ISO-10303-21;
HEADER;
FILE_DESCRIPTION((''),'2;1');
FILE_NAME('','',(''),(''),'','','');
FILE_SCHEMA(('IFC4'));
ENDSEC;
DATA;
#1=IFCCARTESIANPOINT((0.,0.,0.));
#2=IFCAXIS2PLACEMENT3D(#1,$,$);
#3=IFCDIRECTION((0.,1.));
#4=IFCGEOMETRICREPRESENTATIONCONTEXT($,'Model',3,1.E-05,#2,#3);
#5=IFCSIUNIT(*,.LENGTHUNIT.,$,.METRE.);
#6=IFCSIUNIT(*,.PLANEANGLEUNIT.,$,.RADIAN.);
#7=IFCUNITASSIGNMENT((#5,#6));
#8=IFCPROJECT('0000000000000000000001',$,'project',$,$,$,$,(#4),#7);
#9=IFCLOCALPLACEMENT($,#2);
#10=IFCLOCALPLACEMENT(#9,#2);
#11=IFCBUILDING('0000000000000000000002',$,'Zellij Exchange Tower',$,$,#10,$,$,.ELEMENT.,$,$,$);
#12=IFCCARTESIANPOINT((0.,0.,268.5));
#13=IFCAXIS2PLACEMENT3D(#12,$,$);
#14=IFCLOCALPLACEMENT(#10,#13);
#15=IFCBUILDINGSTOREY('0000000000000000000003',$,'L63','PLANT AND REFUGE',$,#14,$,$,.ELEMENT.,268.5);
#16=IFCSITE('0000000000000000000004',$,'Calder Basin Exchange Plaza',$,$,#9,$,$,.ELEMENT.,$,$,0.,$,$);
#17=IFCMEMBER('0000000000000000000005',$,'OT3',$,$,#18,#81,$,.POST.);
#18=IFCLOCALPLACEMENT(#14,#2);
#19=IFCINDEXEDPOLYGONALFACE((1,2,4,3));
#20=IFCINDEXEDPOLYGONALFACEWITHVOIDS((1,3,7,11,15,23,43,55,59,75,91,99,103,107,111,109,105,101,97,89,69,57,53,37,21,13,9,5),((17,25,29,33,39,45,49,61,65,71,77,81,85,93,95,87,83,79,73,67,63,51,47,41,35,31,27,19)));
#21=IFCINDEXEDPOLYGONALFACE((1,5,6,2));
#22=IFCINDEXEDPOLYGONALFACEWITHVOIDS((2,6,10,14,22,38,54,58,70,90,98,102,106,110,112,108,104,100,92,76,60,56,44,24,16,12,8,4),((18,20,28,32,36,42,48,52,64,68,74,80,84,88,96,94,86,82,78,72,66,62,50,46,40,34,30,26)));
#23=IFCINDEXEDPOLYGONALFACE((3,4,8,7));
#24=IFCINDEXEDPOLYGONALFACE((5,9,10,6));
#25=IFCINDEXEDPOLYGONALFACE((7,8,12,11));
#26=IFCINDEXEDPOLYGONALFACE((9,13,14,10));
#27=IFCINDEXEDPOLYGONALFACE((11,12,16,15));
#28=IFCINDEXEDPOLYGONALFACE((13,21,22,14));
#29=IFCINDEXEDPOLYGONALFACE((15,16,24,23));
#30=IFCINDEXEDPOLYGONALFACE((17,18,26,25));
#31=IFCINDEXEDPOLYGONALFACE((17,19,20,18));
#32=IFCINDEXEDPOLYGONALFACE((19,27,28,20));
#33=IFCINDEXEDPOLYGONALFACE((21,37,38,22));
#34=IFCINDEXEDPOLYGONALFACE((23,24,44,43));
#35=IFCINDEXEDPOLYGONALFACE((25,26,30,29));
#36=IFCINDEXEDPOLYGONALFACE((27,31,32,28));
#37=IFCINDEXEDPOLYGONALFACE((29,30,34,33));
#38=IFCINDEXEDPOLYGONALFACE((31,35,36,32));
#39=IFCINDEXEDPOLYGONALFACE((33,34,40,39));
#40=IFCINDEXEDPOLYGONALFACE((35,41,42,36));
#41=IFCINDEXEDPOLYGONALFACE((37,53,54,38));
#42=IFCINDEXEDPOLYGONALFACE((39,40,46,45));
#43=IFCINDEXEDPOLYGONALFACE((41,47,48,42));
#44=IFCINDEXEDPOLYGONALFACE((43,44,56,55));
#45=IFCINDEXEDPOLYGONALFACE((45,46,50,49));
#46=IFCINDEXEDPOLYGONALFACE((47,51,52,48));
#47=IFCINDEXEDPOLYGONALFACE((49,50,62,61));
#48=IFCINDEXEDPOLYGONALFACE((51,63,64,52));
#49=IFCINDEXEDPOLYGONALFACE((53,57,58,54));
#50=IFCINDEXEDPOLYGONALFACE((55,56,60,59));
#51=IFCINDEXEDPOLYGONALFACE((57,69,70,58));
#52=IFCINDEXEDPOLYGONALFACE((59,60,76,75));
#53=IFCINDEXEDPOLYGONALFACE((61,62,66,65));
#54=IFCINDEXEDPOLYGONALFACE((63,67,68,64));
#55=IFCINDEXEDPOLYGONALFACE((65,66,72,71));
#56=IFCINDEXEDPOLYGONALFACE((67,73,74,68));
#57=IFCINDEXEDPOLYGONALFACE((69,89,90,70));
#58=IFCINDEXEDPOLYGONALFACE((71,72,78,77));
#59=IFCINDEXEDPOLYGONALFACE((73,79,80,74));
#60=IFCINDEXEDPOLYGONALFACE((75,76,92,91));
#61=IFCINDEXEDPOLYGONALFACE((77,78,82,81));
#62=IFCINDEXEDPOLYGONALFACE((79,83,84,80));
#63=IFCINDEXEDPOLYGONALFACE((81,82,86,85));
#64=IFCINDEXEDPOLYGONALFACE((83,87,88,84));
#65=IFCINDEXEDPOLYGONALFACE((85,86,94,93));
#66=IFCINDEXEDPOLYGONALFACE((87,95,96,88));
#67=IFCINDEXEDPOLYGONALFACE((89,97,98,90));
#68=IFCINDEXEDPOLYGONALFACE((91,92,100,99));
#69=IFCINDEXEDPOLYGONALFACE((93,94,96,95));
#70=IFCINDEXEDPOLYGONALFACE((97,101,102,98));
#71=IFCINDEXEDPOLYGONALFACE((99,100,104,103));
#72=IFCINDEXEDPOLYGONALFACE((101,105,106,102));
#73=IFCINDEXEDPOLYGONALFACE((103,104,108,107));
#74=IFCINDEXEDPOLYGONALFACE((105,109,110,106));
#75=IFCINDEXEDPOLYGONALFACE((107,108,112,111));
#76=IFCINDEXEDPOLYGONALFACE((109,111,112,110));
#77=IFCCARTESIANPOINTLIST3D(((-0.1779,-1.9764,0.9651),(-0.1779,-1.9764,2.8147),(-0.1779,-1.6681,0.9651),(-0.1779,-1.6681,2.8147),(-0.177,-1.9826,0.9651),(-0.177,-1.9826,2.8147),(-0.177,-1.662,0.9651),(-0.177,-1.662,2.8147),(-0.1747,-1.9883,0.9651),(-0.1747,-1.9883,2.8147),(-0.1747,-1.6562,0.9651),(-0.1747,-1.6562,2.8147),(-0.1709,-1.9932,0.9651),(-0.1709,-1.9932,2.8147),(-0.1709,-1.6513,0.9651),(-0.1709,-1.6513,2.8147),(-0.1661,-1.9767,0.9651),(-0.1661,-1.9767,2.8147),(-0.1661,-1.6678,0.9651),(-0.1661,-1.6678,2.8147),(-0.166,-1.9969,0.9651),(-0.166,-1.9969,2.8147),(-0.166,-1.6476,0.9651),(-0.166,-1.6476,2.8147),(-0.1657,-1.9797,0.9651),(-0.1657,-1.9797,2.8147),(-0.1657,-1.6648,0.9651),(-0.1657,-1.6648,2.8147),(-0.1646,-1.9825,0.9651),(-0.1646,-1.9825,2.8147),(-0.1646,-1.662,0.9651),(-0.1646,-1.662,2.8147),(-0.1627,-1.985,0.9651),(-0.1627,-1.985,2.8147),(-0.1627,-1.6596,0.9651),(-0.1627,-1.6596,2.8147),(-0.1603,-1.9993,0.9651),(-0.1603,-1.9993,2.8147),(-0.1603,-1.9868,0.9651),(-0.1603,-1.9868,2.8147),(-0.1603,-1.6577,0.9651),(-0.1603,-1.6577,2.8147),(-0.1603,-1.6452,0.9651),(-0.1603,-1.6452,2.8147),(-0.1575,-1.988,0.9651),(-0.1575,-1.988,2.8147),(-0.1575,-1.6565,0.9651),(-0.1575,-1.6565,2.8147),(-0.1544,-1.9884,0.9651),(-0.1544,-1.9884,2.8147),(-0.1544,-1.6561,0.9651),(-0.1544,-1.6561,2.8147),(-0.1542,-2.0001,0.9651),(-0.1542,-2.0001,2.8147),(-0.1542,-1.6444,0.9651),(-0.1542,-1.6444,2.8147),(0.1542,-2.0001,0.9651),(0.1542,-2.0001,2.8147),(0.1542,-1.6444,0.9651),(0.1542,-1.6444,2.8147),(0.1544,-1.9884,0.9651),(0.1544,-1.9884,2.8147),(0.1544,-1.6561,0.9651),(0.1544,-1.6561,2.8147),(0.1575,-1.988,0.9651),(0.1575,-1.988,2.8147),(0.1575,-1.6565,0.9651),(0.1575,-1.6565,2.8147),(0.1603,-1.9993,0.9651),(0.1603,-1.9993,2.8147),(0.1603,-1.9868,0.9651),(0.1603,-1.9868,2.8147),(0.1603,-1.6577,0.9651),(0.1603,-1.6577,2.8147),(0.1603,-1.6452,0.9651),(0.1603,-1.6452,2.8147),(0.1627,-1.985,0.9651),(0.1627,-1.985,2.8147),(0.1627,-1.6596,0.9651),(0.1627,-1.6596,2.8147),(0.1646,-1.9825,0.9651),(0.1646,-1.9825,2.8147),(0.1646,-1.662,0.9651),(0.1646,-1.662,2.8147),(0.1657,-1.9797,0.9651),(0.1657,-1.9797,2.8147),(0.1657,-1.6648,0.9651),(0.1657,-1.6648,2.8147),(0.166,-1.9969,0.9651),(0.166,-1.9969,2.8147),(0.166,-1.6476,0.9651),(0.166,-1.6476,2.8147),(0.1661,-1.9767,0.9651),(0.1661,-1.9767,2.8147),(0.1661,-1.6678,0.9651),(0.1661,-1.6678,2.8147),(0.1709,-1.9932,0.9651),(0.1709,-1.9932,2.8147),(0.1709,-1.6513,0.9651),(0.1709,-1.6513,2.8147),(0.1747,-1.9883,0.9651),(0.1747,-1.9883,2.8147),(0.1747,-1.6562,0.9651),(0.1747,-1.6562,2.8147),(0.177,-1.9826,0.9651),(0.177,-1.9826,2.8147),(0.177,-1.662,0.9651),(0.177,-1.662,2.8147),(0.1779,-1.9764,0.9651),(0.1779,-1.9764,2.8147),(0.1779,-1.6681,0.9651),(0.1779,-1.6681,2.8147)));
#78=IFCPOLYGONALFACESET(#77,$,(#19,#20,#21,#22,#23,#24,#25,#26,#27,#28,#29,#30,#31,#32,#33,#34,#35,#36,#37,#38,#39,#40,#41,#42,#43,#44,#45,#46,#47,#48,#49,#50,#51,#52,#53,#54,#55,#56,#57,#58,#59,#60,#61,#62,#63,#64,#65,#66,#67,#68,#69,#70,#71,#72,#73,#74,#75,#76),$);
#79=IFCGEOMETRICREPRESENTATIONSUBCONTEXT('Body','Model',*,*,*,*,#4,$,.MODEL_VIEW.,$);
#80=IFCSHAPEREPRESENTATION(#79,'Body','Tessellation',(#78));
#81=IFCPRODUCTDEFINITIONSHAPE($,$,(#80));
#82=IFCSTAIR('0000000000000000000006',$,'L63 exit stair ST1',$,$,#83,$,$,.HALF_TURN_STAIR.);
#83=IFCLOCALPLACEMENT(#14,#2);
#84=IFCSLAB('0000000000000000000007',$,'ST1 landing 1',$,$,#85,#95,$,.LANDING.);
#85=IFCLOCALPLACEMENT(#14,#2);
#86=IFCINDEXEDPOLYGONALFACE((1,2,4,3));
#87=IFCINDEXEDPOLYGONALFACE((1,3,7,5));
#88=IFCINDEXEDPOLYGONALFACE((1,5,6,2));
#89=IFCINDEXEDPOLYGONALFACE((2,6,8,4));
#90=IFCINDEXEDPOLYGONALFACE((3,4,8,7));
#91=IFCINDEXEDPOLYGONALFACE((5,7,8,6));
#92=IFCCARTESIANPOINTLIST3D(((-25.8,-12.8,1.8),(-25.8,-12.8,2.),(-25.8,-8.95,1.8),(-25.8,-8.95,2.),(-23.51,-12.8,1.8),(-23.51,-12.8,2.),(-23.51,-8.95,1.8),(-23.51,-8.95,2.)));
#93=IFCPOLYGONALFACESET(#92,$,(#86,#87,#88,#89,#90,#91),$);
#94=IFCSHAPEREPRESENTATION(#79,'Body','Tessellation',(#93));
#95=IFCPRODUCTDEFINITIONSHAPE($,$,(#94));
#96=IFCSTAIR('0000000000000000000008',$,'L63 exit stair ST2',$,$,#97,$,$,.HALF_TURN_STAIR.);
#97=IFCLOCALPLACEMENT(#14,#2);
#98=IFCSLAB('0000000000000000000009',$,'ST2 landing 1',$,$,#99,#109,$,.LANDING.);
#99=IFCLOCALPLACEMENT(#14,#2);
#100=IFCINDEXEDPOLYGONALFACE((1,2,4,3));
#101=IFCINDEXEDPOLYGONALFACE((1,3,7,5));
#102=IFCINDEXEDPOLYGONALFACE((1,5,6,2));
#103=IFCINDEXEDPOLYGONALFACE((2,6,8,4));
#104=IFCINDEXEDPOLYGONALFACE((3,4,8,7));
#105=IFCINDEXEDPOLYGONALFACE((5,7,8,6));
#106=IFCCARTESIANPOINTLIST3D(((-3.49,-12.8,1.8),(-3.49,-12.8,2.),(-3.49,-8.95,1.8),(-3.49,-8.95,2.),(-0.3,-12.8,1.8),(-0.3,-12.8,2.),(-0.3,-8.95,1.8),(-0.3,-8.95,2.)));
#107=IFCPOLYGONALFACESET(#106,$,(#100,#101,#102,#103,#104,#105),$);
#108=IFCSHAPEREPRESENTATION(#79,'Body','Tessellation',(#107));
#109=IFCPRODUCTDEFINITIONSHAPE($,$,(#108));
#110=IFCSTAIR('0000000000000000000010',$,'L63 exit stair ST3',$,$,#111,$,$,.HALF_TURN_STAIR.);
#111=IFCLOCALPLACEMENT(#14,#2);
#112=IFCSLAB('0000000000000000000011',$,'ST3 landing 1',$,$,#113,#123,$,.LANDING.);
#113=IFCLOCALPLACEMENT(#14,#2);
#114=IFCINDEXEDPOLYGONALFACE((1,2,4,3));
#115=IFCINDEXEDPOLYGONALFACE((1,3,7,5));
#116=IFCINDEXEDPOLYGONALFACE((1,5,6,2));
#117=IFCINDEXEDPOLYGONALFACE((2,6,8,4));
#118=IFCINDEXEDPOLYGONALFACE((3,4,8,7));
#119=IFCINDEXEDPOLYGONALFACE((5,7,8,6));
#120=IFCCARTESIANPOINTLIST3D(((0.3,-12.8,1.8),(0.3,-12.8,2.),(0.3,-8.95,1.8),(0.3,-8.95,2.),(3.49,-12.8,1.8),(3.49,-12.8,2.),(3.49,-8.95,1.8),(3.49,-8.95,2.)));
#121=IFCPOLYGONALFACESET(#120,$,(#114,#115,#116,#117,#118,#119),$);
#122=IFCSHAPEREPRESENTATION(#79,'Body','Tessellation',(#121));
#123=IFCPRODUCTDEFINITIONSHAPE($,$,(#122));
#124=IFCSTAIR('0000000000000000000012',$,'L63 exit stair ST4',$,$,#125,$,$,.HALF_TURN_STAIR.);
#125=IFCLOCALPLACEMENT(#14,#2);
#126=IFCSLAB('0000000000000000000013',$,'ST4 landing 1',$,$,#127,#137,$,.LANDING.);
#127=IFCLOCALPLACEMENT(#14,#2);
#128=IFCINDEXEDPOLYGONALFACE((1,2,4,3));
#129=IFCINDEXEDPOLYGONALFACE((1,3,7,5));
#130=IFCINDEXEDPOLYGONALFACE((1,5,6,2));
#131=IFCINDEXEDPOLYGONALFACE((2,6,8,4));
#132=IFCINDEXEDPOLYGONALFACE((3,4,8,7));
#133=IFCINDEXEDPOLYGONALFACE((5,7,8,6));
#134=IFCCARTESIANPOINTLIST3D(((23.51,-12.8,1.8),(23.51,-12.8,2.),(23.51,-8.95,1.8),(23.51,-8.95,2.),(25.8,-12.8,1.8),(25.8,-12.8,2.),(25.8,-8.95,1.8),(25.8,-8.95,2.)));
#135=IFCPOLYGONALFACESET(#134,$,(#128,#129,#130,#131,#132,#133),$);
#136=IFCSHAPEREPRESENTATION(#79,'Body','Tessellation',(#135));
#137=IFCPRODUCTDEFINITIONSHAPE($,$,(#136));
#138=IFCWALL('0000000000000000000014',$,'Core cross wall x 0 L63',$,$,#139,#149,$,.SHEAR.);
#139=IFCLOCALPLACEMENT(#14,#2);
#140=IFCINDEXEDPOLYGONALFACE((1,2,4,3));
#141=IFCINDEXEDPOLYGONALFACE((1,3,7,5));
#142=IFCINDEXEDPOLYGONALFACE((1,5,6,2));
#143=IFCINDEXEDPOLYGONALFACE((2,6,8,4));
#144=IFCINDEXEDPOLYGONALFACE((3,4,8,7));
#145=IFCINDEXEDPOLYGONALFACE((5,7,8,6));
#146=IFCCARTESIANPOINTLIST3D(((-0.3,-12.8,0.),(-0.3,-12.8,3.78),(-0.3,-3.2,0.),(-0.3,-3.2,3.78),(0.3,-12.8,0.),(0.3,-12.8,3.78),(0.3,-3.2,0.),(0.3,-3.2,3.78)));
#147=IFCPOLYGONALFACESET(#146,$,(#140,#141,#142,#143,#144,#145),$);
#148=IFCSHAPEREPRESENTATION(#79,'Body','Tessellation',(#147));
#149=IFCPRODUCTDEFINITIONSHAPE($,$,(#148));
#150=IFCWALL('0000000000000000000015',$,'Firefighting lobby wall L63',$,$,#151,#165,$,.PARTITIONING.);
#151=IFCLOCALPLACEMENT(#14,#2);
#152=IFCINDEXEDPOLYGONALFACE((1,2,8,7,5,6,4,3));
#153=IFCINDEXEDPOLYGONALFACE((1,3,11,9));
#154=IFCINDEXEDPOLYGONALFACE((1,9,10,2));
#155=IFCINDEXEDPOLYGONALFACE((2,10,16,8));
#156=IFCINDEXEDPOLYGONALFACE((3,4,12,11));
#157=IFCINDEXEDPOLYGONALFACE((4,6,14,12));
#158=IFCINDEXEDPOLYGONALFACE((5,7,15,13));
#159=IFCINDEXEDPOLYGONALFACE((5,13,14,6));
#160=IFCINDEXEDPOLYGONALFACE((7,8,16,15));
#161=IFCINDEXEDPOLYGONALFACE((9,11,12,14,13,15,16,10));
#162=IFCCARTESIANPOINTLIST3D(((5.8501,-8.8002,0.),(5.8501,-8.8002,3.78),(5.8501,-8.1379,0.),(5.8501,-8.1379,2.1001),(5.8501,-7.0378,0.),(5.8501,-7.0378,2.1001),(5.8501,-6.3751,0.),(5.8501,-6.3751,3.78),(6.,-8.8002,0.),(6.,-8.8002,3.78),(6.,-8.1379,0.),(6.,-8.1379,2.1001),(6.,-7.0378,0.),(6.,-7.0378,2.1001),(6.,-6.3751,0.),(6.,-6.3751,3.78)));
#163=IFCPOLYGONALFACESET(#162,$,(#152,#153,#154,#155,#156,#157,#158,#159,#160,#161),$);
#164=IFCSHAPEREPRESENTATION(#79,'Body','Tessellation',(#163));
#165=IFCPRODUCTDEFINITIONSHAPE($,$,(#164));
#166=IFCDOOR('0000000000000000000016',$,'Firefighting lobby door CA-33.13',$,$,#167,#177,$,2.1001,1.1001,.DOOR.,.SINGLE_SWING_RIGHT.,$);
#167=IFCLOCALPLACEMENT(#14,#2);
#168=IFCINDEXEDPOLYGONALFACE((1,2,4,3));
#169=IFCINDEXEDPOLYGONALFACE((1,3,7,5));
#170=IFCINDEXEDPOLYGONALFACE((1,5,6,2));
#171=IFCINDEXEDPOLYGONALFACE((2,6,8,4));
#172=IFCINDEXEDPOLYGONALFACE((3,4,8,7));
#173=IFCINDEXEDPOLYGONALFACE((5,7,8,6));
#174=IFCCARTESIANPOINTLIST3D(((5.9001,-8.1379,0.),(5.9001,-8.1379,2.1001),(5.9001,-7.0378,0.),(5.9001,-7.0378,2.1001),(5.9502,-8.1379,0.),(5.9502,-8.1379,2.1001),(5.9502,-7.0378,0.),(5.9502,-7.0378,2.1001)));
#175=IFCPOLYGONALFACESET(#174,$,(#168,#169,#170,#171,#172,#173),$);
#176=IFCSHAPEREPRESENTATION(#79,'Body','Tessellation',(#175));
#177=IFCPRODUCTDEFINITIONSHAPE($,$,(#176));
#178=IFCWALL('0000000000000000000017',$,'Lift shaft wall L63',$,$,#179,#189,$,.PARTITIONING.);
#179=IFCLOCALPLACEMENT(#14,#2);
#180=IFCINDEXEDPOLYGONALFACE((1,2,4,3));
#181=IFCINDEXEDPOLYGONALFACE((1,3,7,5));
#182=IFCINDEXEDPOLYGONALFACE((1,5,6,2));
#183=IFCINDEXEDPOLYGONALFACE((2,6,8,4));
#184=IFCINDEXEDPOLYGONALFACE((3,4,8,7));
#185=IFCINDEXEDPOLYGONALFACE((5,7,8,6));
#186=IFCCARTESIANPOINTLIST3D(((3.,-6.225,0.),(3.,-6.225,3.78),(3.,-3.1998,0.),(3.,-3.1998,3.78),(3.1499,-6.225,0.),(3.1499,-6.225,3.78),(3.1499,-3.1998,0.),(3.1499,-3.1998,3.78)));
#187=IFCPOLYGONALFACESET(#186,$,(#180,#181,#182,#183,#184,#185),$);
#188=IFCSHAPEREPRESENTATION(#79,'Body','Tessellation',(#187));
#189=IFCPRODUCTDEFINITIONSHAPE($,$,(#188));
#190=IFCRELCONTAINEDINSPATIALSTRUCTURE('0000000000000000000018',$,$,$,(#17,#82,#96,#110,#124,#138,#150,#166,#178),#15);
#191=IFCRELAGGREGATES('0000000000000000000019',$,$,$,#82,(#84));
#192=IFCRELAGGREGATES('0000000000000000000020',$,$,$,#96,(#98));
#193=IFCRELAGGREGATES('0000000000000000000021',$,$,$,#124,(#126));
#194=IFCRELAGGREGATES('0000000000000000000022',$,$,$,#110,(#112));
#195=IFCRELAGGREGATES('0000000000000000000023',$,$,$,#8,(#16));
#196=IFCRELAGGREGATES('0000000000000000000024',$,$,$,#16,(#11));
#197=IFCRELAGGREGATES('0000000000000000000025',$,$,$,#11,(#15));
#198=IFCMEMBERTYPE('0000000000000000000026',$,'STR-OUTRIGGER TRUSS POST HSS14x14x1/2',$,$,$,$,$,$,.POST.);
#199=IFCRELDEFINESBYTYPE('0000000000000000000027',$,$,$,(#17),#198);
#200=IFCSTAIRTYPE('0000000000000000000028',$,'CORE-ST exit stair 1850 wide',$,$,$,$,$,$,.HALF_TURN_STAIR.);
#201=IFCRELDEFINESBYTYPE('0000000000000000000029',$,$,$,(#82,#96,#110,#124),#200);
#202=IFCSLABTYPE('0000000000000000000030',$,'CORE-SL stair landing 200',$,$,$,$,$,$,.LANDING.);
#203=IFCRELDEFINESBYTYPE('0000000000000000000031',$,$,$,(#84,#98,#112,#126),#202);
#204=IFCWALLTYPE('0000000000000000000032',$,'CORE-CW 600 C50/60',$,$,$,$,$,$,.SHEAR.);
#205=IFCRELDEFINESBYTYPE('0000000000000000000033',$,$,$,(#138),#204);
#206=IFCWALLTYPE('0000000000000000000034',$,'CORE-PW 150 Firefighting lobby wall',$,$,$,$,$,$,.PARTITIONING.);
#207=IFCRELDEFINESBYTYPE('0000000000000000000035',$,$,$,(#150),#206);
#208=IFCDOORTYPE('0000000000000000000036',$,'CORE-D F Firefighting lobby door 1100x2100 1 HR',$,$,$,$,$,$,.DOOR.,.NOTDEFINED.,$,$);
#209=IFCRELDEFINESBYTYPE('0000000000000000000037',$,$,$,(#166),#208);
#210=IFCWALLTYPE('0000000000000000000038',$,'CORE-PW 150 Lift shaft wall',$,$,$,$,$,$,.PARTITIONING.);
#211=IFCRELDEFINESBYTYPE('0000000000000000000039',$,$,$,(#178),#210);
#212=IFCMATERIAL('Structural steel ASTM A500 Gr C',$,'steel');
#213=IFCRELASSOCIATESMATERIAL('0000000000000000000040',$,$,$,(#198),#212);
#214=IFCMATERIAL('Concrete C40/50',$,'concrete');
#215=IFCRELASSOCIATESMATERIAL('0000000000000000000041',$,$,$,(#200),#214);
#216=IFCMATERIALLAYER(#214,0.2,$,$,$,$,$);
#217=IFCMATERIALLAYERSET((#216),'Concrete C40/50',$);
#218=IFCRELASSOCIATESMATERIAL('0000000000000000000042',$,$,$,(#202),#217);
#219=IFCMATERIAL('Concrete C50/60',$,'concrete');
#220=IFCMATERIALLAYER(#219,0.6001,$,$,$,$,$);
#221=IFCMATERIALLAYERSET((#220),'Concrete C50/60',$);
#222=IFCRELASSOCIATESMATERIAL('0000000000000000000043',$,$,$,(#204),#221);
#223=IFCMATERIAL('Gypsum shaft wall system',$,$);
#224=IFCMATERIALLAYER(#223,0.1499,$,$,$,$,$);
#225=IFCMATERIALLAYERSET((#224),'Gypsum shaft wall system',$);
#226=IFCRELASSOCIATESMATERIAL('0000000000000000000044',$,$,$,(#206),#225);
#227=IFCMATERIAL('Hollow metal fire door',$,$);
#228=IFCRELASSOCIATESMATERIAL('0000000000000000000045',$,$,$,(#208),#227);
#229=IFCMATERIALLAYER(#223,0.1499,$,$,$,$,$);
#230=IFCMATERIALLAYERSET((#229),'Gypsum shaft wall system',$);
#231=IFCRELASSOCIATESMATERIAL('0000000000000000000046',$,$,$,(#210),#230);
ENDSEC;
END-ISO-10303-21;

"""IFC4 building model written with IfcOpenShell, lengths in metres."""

from ifc_helpers import new_model, si_unit, direction, frame, frame_2d, origin, origin_2d, place, context, subcontext, project, spatial, polyline, rectangle, hollow_rectangle, outline, extrude, material, layer, layer_set, material_profile, profile_set, type_object, element, fill, aggregate, save


model = new_model("IFC4")

# Units and contexts
model_context = context("Model", 3, precision=1e-05, world=origin(), true_north=direction((0.0, 1.0)))
body_context = subcontext(model_context, "Body", "Model", "MODEL_VIEW")
ifc_project = project(units=[si_unit("LENGTHUNIT", "METRE"), si_unit("PLANEANGLEUNIT", "RADIAN")], contexts=[model_context])

# Site, building, storey
site_placement = place(None, origin())
site = spatial("IfcSite", under=ifc_project, at=site_placement, Name="Calder Basin Exchange Plaza", CompositionType="ELEMENT", RefElevation=0.0)
building_placement = place(site_placement, origin())
building = spatial("IfcBuilding", under=site, at=building_placement, Name="Zellij Exchange Tower", CompositionType="ELEMENT")
storey_placement = place(building_placement, frame((0.0, 0.0, 268.5)))
storey = spatial("IfcBuildingStorey", under=building, at=storey_placement, Name="L63", Description="PLANT AND REFUGE", CompositionType="ELEMENT", Elevation=268.5)

# Member
ifc_material_1 = material(Name="Structural steel ASTM A500 Gr C", Category="steel")
ifc_material_profile = material_profile(ifc_material_1, hollow_rectangle(XDim=0.3557, YDim=0.3557, WallThickness=0.0117, InnerFilletRadius=0.0117, OuterFilletRadius=0.0237, at=origin_2d()), Name="STR-OUTRIGGER TRUSS POST HSS14x14x1/2")
ifc_profile_set = profile_set([ifc_material_profile], Name="Structural steel ASTM A500 Gr C")
member_type = type_object("IfcMemberType", Name="STR-OUTRIGGER TRUSS POST HSS14x14x1/2", PredefinedType="POST", material=ifc_profile_set)
member_placement = place(storey_placement, frame((0.0, -1.8223, 0.9651), z_axis=(0.0, 0.0, 1.0), x_axis=(1.0, 0.0, 0.0)))
element("IfcMember", 1, at=member_placement, inside=storey, type_object=member_type, Name="OT3", PredefinedType="POST", context=body_context, shape_type="SweptSolid", body=[
    extrude(hollow_rectangle(XDim=0.3557, YDim=0.3557, WallThickness=0.0117, InnerFilletRadius=0.0117, OuterFilletRadius=0.0237, at=origin_2d()), origin(), (0.0, 0.0, 1.0), 1.8496),
])

# Stairs, slabs
ifc_material_2 = material(Name="Concrete C40/50", Category="concrete")
stair_type = type_object("IfcStairType", Name="CORE-ST exit stair 1850 wide", PredefinedType="HALF_TURN_STAIR", material=ifc_material_2)
stair_1_placement = place(storey_placement, origin())
stair_1 = element("IfcStair", 2, at=stair_1_placement, inside=storey, type_object=stair_type, Name="L63 exit stair ST1", PredefinedType="HALF_TURN_STAIR")
ifc_layer_1 = layer(ifc_material_2, 0.2)
ifc_layer_set_1 = layer_set([ifc_layer_1], Name="Concrete C40/50")
slab_type = type_object("IfcSlabType", Name="CORE-SL stair landing 200", PredefinedType="LANDING", material=ifc_layer_set_1)
slab_1_placement = place(storey_placement, frame((0.0, 0.0, 1.8)))
slab_1 = element("IfcSlab", 3, at=slab_1_placement, type_object=slab_type, Name="ST1 landing 1", PredefinedType="LANDING", context=body_context, shape_type="SweptSolid", body=[
    extrude(outline(polyline([(-23.51, -8.95), (-25.8, -8.95), (-25.8, -12.8), (-23.51, -12.8), (-23.51, -8.95)])), origin(), (0.0, 0.0, 1.0), 0.2),
])
aggregate(stair_1, [slab_1])
stair_2_placement = place(storey_placement, origin())
stair_2 = element("IfcStair", 4, at=stair_2_placement, inside=storey, type_object=stair_type, Name="L63 exit stair ST2", PredefinedType="HALF_TURN_STAIR")
slab_2_placement = place(storey_placement, frame((0.0, 0.0, 1.8)))
slab_2 = element("IfcSlab", 5, at=slab_2_placement, type_object=slab_type, Name="ST2 landing 1", PredefinedType="LANDING", context=body_context, shape_type="SweptSolid", body=[
    extrude(outline(polyline([(-3.49, -12.8), (-0.3, -12.8), (-0.3, -8.95), (-3.49, -8.95), (-3.49, -12.8)])), origin(), (0.0, 0.0, 1.0), 0.2),
])
aggregate(stair_2, [slab_2])
stair_3_placement = place(storey_placement, origin())
stair_3 = element("IfcStair", 6, at=stair_3_placement, inside=storey, type_object=stair_type, Name="L63 exit stair ST3", PredefinedType="HALF_TURN_STAIR")
slab_3_placement = place(storey_placement, frame((0.0, 0.0, 1.8)))
slab_3 = element("IfcSlab", 7, at=slab_3_placement, type_object=slab_type, Name="ST3 landing 1", PredefinedType="LANDING", context=body_context, shape_type="SweptSolid", body=[
    extrude(outline(polyline([(3.49, -8.95), (0.3, -8.95), (0.3, -12.8), (3.49, -12.8), (3.49, -8.95)])), origin(), (0.0, 0.0, 1.0), 0.2),
])
stair_4_placement = place(storey_placement, origin())
stair_4 = element("IfcStair", 8, at=stair_4_placement, inside=storey, type_object=stair_type, Name="L63 exit stair ST4", PredefinedType="HALF_TURN_STAIR")
slab_4_placement = place(storey_placement, frame((0.0, 0.0, 1.8)))
slab_4 = element("IfcSlab", 9, at=slab_4_placement, type_object=slab_type, Name="ST4 landing 1", PredefinedType="LANDING", context=body_context, shape_type="SweptSolid", body=[
    extrude(outline(polyline([(23.51, -12.8), (25.8, -12.8), (25.8, -8.95), (23.51, -8.95), (23.51, -12.8)])), origin(), (0.0, 0.0, 1.0), 0.2),
])
aggregate(stair_4, [slab_4])

# Wall
ifc_material_3 = material(Name="Concrete C50/60", Category="concrete")
ifc_layer_2 = layer(ifc_material_3, 0.6001)
ifc_layer_set_2 = layer_set([ifc_layer_2], Name="Concrete C50/60")
wall_type_1 = type_object("IfcWallType", Name="CORE-CW 600 C50/60", PredefinedType="SHEAR", material=ifc_layer_set_2)
wall_1_placement = place(storey_placement, frame((0.0, -12.8, 0.0), z_axis=(0.0, 0.0, 1.0), x_axis=(0.0, 1.0, 0.0)))
element("IfcWall", 10, at=wall_1_placement, inside=storey, type_object=wall_type_1, Name="Core cross wall x 0 L63", PredefinedType="SHEAR", context=body_context, shape_type="SweptSolid", body=[
    extrude(rectangle(XDim=9.6001, YDim=0.6001, at=frame_2d((4.8, 0.0))), origin(), (0.0, 0.0, 1.0), 3.78),
])

# Wall, opening, door
ifc_material_4 = material(Name="Gypsum shaft wall system")
ifc_layer_3 = layer(ifc_material_4, 0.1499)
ifc_layer_set_3 = layer_set([ifc_layer_3], Name="Gypsum shaft wall system")
wall_type_2 = type_object("IfcWallType", Name="CORE-PW 150 Firefighting lobby wall", PredefinedType="PARTITIONING", material=ifc_layer_set_3)
wall_2_placement = place(storey_placement, frame((5.925, -8.8, 0.0), z_axis=(0.0, 0.0, 1.0), x_axis=(0.0, 1.0, 0.0)))
wall_2 = element("IfcWall", 11, at=wall_2_placement, inside=storey, type_object=wall_type_2, Name="Firefighting lobby wall L63", PredefinedType="PARTITIONING", context=body_context, shape_type="SweptSolid", body=[
    extrude(rectangle(XDim=2.425, YDim=0.1499, at=frame_2d((1.2124, 0.0))), origin(), (0.0, 0.0, 1.0), 3.78),
])
opening_1_placement = place(wall_2_placement, frame((0.6621, 0.0, 0.0)))
opening_1 = element("IfcOpeningElement", 12, at=opening_1_placement, cuts=wall_2, PredefinedType="OPENING", context=body_context, shape_type="SweptSolid", body=[
    extrude(rectangle(XDim=1.1001, YDim=2.1001, at=frame_2d((0.55, 1.05))), frame((0.0, 0.0869, 0.0), z_axis=(0.0, -1.0, 0.0), x_axis=(1.0, 0.0, 0.0)), (0.0, 0.0, 1.0), 0.1738),
])
ifc_material_5 = material(Name="Hollow metal fire door")
door_type_1 = type_object("IfcDoorType", Name="CORE-D F Firefighting lobby door 1100x2100 1 HR", OperationType="NOTDEFINED", PredefinedType="DOOR", material=ifc_material_5)
door_1_placement = place(opening_1_placement, origin())
door_1 = element("IfcDoor", 13, at=door_1_placement, inside=storey, type_object=door_type_1, Name="Firefighting lobby door CA-33.13", OperationType="SINGLE_SWING_RIGHT", OverallHeight=2.1001, OverallWidth=1.1001, PredefinedType="DOOR", context=body_context, shape_type="SweptSolid", body=[
    extrude(rectangle(XDim=1.1001, YDim=2.1001, at=frame_2d((0.55, 1.05))), frame((0.0, 0.0249, 0.0), z_axis=(0.0, -1.0, 0.0), x_axis=(1.0, 0.0, 0.0)), (0.0, 0.0, 1.0), 0.05),
])
fill(opening_1, door_1)

# Wall
ifc_layer_4 = layer(ifc_material_4, 0.1499)
ifc_layer_set_4 = layer_set([ifc_layer_4], Name="Gypsum shaft wall system")
wall_type_3 = type_object("IfcWallType", Name="CORE-PW 150 Lift shaft wall", PredefinedType="PARTITIONING", material=ifc_layer_set_4)
for number, where, z_axis, x_axis, name in (
    (14, (3.075, -6.2251, 0.0), (0.0, 0.0, 1.0), (0.0, 1.0, 0.0), "Lift shaft wall L63"),
):
    element("IfcWall", number, at=place(storey_placement, frame(where, z_axis=z_axis, x_axis=x_axis)), inside=storey, type_object=wall_type_3, Name=name, PredefinedType="PARTITIONING", context=body_context, shape_type="SweptSolid", body=[
        extrude(rectangle(XDim=3.0251, YDim=0.1499, at=frame_2d((1.5127, 0.0))), origin(), (0.0, 0.0, 1.0), 3.78),
    ])

aggregate(stair_3, [slab_3])

save(model, "model.ifc")
